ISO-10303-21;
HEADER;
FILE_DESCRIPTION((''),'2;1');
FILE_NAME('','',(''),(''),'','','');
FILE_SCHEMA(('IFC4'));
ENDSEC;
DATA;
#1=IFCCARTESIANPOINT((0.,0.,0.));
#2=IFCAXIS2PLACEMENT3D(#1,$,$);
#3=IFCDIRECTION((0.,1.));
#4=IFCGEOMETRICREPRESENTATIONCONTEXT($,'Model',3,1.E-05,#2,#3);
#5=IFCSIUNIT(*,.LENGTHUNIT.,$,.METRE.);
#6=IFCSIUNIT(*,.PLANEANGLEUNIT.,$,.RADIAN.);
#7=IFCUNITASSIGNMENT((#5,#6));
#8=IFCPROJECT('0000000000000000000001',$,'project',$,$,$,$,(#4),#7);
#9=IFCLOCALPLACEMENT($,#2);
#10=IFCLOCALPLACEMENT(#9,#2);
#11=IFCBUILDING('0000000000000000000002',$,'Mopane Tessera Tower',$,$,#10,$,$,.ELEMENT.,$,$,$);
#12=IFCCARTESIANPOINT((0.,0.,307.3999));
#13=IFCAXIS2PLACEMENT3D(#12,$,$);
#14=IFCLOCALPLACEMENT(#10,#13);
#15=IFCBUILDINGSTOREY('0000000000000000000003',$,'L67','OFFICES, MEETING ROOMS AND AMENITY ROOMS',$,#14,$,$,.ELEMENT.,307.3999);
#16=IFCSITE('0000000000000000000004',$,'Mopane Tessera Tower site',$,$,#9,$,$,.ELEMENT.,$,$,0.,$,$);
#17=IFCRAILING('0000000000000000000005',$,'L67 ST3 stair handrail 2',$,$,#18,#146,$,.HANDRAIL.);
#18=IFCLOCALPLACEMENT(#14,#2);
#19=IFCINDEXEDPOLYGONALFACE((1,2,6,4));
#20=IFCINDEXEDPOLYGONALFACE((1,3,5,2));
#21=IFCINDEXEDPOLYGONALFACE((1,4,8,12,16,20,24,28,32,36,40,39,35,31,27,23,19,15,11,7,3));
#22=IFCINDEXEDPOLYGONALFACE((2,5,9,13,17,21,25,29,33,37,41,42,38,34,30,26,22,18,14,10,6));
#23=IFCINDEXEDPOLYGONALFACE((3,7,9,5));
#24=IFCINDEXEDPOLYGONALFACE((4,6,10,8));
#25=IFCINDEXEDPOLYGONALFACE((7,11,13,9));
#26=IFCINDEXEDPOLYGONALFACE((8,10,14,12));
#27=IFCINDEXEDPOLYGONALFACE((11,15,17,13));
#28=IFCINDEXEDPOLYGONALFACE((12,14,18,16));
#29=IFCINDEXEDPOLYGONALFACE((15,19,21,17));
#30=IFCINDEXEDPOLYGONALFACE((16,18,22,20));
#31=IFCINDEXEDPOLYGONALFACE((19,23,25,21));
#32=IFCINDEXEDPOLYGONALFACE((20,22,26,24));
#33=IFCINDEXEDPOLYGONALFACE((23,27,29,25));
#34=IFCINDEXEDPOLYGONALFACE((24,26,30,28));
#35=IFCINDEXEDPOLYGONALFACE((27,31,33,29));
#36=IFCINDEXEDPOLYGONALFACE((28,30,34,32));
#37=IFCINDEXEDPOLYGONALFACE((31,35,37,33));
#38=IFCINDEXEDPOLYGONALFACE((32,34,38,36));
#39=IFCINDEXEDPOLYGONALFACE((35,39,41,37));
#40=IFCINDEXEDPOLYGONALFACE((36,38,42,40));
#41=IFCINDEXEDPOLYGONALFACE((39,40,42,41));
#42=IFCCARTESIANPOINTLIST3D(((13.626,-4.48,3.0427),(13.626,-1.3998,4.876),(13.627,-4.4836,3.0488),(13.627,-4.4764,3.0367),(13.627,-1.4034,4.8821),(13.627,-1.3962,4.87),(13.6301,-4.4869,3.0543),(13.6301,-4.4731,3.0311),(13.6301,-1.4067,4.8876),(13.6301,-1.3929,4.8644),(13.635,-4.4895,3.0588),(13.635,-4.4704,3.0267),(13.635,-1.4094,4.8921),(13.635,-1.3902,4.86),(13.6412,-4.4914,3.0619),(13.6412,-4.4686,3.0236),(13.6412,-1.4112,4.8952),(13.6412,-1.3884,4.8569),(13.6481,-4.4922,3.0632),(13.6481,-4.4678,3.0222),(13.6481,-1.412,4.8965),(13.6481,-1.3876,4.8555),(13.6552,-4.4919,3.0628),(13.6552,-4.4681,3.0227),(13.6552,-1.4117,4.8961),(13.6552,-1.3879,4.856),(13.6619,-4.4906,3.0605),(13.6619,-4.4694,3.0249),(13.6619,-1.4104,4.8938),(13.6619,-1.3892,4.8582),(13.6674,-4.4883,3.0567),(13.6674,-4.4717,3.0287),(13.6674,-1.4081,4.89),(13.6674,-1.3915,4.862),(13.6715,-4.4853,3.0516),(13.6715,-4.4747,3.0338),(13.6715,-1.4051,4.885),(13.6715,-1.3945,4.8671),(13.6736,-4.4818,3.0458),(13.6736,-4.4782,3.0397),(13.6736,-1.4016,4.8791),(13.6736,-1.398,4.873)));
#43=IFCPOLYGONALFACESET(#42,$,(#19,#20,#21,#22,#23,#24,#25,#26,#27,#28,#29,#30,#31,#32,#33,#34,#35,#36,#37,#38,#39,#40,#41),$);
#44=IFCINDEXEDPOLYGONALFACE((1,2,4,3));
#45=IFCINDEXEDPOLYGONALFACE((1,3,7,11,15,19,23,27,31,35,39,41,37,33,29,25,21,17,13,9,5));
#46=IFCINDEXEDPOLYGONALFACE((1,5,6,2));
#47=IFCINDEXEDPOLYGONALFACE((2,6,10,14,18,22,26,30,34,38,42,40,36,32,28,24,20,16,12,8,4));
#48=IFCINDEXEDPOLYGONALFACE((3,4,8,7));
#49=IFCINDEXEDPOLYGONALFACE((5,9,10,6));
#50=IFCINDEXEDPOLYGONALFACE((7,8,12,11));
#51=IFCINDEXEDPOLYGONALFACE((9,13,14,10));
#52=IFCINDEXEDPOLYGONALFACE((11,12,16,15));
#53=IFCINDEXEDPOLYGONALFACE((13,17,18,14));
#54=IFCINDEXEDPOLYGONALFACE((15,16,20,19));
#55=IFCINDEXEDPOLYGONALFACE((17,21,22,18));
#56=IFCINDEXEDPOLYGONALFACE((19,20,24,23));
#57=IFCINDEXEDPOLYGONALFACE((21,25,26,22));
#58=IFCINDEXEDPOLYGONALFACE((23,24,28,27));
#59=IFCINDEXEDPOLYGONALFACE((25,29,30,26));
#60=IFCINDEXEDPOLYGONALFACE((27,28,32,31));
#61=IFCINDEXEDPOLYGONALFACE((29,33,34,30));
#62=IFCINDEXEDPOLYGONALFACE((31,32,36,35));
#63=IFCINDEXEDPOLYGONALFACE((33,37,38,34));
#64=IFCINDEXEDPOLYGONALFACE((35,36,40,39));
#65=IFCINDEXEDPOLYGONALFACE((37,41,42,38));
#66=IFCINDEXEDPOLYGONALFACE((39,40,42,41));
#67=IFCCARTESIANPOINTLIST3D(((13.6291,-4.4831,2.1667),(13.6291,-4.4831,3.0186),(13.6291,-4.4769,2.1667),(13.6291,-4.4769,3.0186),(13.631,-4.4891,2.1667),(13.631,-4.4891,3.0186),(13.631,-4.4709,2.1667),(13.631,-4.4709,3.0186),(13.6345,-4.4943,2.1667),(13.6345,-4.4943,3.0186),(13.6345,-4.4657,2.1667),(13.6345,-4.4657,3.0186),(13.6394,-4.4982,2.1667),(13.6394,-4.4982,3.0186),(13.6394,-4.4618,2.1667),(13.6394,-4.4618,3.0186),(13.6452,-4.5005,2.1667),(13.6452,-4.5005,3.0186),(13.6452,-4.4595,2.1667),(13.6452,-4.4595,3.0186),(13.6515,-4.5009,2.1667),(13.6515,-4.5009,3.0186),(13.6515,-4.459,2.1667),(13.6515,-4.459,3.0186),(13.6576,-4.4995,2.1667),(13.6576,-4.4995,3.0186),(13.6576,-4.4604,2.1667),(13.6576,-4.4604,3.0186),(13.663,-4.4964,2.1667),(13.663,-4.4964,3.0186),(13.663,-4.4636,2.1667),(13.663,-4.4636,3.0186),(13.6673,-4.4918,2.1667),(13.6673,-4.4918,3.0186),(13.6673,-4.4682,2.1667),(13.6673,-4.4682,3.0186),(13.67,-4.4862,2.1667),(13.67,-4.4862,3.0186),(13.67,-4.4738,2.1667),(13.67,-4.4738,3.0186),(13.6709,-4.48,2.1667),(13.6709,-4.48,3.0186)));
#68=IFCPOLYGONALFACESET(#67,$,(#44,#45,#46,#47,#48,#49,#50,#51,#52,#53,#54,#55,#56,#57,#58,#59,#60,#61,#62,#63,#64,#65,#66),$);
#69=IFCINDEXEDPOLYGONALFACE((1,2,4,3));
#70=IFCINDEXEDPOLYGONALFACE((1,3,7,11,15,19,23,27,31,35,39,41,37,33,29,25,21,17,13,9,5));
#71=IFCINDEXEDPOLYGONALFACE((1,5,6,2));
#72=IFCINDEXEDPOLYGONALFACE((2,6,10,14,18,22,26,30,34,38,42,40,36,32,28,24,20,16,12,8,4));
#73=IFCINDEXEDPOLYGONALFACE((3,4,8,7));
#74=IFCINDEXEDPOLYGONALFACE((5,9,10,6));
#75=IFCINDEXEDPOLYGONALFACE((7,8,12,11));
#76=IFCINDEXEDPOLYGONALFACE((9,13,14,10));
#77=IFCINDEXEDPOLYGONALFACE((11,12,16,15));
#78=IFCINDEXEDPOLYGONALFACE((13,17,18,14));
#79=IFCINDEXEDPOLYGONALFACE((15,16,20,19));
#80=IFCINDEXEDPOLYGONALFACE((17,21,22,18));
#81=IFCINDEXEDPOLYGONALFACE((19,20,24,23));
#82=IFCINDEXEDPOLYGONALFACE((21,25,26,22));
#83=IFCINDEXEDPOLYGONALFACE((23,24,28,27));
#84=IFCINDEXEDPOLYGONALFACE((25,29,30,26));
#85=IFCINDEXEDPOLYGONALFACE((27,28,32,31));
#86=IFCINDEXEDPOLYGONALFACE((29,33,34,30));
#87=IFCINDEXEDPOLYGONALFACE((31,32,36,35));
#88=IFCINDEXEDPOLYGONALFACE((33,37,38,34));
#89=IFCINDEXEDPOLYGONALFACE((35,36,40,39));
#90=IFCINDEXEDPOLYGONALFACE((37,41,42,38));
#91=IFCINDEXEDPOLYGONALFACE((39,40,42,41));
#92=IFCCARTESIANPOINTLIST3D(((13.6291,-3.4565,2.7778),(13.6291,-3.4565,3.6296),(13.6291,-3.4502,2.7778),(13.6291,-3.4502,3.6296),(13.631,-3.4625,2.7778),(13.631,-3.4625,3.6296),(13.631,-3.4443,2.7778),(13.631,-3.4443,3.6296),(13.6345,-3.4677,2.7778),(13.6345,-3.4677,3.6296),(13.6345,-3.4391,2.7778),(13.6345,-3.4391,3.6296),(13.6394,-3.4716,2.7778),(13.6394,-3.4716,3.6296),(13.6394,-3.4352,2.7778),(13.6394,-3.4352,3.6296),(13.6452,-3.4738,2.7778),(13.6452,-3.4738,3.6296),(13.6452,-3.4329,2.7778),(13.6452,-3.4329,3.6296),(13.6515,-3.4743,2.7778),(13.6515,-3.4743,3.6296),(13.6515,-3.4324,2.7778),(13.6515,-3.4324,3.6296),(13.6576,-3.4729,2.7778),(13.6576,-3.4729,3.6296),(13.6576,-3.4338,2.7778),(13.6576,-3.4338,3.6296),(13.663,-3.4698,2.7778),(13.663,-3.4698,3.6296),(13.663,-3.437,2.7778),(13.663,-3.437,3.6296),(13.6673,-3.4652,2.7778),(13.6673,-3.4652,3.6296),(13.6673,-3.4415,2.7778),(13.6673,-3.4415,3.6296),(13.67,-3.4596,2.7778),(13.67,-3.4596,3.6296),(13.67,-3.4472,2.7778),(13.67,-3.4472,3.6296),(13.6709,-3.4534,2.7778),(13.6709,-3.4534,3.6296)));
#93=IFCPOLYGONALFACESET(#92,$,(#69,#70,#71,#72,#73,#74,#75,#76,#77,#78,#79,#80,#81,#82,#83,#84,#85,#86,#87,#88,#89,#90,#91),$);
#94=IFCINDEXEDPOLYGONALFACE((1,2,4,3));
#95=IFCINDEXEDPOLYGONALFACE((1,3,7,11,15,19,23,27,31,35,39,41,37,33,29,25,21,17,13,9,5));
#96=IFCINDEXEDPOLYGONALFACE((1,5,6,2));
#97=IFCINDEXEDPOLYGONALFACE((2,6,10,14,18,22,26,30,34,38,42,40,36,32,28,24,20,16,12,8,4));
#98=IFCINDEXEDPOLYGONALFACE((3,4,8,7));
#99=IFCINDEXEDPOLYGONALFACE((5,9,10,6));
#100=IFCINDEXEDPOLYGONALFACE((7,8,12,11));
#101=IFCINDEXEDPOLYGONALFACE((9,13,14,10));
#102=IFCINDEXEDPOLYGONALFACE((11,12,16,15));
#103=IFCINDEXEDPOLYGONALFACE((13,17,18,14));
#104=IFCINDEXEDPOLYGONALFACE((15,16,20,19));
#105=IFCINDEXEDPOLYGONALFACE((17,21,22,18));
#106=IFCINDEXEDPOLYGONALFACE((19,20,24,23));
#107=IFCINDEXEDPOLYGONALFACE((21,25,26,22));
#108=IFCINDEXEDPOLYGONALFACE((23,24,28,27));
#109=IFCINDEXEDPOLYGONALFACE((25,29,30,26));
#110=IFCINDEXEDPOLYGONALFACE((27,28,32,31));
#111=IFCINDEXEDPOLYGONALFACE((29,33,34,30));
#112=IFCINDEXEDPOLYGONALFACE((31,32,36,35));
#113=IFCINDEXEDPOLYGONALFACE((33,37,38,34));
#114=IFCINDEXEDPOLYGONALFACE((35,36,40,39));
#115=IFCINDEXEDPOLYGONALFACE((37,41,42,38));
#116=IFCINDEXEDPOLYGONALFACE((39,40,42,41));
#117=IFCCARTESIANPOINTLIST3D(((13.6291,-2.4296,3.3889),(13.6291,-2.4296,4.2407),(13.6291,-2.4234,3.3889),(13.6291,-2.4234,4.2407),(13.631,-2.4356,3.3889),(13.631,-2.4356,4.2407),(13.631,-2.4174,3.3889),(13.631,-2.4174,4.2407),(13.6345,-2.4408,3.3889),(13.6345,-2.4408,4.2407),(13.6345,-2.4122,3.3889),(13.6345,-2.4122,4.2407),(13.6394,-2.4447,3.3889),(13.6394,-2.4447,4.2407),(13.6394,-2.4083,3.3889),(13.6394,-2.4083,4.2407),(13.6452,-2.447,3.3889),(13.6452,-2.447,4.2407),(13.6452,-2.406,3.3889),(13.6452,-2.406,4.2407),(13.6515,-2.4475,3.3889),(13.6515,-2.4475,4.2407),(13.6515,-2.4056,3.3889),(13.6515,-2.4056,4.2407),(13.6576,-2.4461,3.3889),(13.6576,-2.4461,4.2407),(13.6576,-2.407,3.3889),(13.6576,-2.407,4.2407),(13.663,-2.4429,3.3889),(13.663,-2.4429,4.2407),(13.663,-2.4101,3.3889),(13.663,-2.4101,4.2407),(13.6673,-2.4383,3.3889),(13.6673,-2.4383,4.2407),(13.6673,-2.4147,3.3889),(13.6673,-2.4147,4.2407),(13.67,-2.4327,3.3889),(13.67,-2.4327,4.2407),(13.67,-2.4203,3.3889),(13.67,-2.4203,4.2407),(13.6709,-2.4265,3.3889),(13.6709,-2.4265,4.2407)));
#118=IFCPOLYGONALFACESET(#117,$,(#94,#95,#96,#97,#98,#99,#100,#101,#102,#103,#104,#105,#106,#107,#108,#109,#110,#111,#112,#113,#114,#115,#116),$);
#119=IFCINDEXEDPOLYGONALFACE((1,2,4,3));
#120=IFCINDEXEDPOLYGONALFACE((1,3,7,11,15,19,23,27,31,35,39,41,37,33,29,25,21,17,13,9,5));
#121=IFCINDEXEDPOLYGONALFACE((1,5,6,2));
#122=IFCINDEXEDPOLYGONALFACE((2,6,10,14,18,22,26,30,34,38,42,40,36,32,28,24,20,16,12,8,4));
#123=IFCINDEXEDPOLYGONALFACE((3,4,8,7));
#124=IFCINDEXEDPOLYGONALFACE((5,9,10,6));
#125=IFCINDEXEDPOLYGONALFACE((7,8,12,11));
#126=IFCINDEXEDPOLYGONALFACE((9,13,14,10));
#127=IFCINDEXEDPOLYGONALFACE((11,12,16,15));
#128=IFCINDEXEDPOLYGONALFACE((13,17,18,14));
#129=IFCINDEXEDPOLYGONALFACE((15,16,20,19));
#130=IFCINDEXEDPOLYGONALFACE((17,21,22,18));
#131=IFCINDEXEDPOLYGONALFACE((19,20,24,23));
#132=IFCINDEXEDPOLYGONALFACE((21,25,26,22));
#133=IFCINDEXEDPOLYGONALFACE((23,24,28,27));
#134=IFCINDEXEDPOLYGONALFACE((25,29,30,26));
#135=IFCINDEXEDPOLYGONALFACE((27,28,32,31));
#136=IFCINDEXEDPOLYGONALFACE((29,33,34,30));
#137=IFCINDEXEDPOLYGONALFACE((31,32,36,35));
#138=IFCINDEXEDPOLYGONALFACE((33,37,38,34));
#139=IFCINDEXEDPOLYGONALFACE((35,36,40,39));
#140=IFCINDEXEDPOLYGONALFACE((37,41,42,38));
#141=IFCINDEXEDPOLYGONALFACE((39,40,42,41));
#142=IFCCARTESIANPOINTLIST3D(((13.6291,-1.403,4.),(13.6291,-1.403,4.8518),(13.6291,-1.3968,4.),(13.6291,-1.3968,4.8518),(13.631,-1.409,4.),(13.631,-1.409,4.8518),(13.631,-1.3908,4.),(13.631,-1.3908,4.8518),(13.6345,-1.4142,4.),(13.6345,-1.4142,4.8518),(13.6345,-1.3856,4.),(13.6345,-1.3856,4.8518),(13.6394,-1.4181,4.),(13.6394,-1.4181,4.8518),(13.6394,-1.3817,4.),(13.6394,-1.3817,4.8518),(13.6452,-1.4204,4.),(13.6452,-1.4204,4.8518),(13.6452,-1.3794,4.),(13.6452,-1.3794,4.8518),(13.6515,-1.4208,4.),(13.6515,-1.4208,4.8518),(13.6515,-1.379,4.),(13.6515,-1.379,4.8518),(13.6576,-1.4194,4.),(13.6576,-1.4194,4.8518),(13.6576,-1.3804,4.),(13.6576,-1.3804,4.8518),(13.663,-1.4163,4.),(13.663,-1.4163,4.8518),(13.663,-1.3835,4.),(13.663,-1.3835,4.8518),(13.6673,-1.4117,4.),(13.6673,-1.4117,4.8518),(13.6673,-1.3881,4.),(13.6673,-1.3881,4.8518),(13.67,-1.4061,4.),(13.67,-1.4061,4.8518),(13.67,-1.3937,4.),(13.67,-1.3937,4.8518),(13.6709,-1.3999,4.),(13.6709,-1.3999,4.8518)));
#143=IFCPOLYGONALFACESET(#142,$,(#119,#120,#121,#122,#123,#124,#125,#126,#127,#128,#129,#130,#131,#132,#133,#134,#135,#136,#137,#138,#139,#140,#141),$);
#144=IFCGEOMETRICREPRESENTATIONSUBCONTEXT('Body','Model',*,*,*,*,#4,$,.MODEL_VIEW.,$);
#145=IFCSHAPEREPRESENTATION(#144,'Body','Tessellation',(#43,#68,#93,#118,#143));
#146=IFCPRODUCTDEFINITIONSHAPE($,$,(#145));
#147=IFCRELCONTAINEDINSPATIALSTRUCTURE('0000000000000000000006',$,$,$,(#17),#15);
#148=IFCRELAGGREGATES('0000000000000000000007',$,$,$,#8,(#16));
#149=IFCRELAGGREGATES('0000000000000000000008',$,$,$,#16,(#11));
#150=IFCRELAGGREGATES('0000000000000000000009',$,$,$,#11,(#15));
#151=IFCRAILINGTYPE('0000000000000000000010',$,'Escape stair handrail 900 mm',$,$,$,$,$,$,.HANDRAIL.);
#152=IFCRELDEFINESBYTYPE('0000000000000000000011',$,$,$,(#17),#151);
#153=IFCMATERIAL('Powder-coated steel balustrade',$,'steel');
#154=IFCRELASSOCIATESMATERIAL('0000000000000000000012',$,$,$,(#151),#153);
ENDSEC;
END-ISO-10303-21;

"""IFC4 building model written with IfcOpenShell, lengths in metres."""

from ifc_helpers import new_model, si_unit, direction, frame, origin, origin_2d, place, context, subcontext, project, spatial, circle, extrude, material, type_object, element, save


model = new_model("IFC4")

# Units and contexts
model_context = context("Model", 3, precision=1e-05, world=origin(), true_north=direction((0.0, 1.0)))
body_context = subcontext(model_context, "Body", "Model", "MODEL_VIEW")
ifc_project = project(units=[si_unit("LENGTHUNIT", "METRE"), si_unit("PLANEANGLEUNIT", "RADIAN")], contexts=[model_context])

# Site, building, storey
site_placement = place(None, origin())
site = spatial("IfcSite", under=ifc_project, at=site_placement, Name="Mopane Tessera Tower site", CompositionType="ELEMENT", RefElevation=0.0)
building_placement = place(site_placement, origin())
building = spatial("IfcBuilding", under=site, at=building_placement, Name="Mopane Tessera Tower", CompositionType="ELEMENT")
storey_placement = place(building_placement, frame((0.0, 0.0, 307.3999)))
storey = spatial("IfcBuildingStorey", under=building, at=storey_placement, Name="L67", Description="OFFICES, MEETING ROOMS AND AMENITY ROOMS", CompositionType="ELEMENT", Elevation=307.3999)

# Railing
ifc_material_1 = material(Name="Powder-coated steel balustrade", Category="steel")
railing_type_1 = type_object("IfcRailingType", Name="Escape stair handrail 900 mm", PredefinedType="HANDRAIL", material=ifc_material_1)
railing_1_placement = place(storey_placement, frame((13.6499, -4.48, 2.1667)))
element("IfcRailing", 1, at=railing_1_placement, inside=storey, type_object=railing_type_1, Name="L67 ST3 stair handrail 2", PredefinedType="HANDRAIL", context=body_context, shape_type="SweptSolid", body=[
    extrude(circle(Radius=0.0239, at=origin_2d()), frame((0.0, 0.0, 0.876), z_axis=(0.0, 0.859309, 0.511458), x_axis=(-1.0, 0.0, 0.0)), (0.0, 0.0, 1.0), 3.5845),
    extrude(circle(Radius=0.021, at=origin_2d()), origin(), (0.0, 0.0, 1.0), 0.8518),
    extrude(circle(Radius=0.021, at=origin_2d()), frame((0.0, 1.0266, 0.6111)), (0.0, 0.0, 1.0), 0.8518),
    extrude(circle(Radius=0.021, at=origin_2d()), frame((0.0, 2.0535, 1.2222)), (0.0, 0.0, 1.0), 0.8518),
    extrude(circle(Radius=0.021, at=origin_2d()), frame((0.0, 3.0801, 1.8333)), (0.0, 0.0, 1.0), 0.8518),
])

save(model, "model.ifc")
